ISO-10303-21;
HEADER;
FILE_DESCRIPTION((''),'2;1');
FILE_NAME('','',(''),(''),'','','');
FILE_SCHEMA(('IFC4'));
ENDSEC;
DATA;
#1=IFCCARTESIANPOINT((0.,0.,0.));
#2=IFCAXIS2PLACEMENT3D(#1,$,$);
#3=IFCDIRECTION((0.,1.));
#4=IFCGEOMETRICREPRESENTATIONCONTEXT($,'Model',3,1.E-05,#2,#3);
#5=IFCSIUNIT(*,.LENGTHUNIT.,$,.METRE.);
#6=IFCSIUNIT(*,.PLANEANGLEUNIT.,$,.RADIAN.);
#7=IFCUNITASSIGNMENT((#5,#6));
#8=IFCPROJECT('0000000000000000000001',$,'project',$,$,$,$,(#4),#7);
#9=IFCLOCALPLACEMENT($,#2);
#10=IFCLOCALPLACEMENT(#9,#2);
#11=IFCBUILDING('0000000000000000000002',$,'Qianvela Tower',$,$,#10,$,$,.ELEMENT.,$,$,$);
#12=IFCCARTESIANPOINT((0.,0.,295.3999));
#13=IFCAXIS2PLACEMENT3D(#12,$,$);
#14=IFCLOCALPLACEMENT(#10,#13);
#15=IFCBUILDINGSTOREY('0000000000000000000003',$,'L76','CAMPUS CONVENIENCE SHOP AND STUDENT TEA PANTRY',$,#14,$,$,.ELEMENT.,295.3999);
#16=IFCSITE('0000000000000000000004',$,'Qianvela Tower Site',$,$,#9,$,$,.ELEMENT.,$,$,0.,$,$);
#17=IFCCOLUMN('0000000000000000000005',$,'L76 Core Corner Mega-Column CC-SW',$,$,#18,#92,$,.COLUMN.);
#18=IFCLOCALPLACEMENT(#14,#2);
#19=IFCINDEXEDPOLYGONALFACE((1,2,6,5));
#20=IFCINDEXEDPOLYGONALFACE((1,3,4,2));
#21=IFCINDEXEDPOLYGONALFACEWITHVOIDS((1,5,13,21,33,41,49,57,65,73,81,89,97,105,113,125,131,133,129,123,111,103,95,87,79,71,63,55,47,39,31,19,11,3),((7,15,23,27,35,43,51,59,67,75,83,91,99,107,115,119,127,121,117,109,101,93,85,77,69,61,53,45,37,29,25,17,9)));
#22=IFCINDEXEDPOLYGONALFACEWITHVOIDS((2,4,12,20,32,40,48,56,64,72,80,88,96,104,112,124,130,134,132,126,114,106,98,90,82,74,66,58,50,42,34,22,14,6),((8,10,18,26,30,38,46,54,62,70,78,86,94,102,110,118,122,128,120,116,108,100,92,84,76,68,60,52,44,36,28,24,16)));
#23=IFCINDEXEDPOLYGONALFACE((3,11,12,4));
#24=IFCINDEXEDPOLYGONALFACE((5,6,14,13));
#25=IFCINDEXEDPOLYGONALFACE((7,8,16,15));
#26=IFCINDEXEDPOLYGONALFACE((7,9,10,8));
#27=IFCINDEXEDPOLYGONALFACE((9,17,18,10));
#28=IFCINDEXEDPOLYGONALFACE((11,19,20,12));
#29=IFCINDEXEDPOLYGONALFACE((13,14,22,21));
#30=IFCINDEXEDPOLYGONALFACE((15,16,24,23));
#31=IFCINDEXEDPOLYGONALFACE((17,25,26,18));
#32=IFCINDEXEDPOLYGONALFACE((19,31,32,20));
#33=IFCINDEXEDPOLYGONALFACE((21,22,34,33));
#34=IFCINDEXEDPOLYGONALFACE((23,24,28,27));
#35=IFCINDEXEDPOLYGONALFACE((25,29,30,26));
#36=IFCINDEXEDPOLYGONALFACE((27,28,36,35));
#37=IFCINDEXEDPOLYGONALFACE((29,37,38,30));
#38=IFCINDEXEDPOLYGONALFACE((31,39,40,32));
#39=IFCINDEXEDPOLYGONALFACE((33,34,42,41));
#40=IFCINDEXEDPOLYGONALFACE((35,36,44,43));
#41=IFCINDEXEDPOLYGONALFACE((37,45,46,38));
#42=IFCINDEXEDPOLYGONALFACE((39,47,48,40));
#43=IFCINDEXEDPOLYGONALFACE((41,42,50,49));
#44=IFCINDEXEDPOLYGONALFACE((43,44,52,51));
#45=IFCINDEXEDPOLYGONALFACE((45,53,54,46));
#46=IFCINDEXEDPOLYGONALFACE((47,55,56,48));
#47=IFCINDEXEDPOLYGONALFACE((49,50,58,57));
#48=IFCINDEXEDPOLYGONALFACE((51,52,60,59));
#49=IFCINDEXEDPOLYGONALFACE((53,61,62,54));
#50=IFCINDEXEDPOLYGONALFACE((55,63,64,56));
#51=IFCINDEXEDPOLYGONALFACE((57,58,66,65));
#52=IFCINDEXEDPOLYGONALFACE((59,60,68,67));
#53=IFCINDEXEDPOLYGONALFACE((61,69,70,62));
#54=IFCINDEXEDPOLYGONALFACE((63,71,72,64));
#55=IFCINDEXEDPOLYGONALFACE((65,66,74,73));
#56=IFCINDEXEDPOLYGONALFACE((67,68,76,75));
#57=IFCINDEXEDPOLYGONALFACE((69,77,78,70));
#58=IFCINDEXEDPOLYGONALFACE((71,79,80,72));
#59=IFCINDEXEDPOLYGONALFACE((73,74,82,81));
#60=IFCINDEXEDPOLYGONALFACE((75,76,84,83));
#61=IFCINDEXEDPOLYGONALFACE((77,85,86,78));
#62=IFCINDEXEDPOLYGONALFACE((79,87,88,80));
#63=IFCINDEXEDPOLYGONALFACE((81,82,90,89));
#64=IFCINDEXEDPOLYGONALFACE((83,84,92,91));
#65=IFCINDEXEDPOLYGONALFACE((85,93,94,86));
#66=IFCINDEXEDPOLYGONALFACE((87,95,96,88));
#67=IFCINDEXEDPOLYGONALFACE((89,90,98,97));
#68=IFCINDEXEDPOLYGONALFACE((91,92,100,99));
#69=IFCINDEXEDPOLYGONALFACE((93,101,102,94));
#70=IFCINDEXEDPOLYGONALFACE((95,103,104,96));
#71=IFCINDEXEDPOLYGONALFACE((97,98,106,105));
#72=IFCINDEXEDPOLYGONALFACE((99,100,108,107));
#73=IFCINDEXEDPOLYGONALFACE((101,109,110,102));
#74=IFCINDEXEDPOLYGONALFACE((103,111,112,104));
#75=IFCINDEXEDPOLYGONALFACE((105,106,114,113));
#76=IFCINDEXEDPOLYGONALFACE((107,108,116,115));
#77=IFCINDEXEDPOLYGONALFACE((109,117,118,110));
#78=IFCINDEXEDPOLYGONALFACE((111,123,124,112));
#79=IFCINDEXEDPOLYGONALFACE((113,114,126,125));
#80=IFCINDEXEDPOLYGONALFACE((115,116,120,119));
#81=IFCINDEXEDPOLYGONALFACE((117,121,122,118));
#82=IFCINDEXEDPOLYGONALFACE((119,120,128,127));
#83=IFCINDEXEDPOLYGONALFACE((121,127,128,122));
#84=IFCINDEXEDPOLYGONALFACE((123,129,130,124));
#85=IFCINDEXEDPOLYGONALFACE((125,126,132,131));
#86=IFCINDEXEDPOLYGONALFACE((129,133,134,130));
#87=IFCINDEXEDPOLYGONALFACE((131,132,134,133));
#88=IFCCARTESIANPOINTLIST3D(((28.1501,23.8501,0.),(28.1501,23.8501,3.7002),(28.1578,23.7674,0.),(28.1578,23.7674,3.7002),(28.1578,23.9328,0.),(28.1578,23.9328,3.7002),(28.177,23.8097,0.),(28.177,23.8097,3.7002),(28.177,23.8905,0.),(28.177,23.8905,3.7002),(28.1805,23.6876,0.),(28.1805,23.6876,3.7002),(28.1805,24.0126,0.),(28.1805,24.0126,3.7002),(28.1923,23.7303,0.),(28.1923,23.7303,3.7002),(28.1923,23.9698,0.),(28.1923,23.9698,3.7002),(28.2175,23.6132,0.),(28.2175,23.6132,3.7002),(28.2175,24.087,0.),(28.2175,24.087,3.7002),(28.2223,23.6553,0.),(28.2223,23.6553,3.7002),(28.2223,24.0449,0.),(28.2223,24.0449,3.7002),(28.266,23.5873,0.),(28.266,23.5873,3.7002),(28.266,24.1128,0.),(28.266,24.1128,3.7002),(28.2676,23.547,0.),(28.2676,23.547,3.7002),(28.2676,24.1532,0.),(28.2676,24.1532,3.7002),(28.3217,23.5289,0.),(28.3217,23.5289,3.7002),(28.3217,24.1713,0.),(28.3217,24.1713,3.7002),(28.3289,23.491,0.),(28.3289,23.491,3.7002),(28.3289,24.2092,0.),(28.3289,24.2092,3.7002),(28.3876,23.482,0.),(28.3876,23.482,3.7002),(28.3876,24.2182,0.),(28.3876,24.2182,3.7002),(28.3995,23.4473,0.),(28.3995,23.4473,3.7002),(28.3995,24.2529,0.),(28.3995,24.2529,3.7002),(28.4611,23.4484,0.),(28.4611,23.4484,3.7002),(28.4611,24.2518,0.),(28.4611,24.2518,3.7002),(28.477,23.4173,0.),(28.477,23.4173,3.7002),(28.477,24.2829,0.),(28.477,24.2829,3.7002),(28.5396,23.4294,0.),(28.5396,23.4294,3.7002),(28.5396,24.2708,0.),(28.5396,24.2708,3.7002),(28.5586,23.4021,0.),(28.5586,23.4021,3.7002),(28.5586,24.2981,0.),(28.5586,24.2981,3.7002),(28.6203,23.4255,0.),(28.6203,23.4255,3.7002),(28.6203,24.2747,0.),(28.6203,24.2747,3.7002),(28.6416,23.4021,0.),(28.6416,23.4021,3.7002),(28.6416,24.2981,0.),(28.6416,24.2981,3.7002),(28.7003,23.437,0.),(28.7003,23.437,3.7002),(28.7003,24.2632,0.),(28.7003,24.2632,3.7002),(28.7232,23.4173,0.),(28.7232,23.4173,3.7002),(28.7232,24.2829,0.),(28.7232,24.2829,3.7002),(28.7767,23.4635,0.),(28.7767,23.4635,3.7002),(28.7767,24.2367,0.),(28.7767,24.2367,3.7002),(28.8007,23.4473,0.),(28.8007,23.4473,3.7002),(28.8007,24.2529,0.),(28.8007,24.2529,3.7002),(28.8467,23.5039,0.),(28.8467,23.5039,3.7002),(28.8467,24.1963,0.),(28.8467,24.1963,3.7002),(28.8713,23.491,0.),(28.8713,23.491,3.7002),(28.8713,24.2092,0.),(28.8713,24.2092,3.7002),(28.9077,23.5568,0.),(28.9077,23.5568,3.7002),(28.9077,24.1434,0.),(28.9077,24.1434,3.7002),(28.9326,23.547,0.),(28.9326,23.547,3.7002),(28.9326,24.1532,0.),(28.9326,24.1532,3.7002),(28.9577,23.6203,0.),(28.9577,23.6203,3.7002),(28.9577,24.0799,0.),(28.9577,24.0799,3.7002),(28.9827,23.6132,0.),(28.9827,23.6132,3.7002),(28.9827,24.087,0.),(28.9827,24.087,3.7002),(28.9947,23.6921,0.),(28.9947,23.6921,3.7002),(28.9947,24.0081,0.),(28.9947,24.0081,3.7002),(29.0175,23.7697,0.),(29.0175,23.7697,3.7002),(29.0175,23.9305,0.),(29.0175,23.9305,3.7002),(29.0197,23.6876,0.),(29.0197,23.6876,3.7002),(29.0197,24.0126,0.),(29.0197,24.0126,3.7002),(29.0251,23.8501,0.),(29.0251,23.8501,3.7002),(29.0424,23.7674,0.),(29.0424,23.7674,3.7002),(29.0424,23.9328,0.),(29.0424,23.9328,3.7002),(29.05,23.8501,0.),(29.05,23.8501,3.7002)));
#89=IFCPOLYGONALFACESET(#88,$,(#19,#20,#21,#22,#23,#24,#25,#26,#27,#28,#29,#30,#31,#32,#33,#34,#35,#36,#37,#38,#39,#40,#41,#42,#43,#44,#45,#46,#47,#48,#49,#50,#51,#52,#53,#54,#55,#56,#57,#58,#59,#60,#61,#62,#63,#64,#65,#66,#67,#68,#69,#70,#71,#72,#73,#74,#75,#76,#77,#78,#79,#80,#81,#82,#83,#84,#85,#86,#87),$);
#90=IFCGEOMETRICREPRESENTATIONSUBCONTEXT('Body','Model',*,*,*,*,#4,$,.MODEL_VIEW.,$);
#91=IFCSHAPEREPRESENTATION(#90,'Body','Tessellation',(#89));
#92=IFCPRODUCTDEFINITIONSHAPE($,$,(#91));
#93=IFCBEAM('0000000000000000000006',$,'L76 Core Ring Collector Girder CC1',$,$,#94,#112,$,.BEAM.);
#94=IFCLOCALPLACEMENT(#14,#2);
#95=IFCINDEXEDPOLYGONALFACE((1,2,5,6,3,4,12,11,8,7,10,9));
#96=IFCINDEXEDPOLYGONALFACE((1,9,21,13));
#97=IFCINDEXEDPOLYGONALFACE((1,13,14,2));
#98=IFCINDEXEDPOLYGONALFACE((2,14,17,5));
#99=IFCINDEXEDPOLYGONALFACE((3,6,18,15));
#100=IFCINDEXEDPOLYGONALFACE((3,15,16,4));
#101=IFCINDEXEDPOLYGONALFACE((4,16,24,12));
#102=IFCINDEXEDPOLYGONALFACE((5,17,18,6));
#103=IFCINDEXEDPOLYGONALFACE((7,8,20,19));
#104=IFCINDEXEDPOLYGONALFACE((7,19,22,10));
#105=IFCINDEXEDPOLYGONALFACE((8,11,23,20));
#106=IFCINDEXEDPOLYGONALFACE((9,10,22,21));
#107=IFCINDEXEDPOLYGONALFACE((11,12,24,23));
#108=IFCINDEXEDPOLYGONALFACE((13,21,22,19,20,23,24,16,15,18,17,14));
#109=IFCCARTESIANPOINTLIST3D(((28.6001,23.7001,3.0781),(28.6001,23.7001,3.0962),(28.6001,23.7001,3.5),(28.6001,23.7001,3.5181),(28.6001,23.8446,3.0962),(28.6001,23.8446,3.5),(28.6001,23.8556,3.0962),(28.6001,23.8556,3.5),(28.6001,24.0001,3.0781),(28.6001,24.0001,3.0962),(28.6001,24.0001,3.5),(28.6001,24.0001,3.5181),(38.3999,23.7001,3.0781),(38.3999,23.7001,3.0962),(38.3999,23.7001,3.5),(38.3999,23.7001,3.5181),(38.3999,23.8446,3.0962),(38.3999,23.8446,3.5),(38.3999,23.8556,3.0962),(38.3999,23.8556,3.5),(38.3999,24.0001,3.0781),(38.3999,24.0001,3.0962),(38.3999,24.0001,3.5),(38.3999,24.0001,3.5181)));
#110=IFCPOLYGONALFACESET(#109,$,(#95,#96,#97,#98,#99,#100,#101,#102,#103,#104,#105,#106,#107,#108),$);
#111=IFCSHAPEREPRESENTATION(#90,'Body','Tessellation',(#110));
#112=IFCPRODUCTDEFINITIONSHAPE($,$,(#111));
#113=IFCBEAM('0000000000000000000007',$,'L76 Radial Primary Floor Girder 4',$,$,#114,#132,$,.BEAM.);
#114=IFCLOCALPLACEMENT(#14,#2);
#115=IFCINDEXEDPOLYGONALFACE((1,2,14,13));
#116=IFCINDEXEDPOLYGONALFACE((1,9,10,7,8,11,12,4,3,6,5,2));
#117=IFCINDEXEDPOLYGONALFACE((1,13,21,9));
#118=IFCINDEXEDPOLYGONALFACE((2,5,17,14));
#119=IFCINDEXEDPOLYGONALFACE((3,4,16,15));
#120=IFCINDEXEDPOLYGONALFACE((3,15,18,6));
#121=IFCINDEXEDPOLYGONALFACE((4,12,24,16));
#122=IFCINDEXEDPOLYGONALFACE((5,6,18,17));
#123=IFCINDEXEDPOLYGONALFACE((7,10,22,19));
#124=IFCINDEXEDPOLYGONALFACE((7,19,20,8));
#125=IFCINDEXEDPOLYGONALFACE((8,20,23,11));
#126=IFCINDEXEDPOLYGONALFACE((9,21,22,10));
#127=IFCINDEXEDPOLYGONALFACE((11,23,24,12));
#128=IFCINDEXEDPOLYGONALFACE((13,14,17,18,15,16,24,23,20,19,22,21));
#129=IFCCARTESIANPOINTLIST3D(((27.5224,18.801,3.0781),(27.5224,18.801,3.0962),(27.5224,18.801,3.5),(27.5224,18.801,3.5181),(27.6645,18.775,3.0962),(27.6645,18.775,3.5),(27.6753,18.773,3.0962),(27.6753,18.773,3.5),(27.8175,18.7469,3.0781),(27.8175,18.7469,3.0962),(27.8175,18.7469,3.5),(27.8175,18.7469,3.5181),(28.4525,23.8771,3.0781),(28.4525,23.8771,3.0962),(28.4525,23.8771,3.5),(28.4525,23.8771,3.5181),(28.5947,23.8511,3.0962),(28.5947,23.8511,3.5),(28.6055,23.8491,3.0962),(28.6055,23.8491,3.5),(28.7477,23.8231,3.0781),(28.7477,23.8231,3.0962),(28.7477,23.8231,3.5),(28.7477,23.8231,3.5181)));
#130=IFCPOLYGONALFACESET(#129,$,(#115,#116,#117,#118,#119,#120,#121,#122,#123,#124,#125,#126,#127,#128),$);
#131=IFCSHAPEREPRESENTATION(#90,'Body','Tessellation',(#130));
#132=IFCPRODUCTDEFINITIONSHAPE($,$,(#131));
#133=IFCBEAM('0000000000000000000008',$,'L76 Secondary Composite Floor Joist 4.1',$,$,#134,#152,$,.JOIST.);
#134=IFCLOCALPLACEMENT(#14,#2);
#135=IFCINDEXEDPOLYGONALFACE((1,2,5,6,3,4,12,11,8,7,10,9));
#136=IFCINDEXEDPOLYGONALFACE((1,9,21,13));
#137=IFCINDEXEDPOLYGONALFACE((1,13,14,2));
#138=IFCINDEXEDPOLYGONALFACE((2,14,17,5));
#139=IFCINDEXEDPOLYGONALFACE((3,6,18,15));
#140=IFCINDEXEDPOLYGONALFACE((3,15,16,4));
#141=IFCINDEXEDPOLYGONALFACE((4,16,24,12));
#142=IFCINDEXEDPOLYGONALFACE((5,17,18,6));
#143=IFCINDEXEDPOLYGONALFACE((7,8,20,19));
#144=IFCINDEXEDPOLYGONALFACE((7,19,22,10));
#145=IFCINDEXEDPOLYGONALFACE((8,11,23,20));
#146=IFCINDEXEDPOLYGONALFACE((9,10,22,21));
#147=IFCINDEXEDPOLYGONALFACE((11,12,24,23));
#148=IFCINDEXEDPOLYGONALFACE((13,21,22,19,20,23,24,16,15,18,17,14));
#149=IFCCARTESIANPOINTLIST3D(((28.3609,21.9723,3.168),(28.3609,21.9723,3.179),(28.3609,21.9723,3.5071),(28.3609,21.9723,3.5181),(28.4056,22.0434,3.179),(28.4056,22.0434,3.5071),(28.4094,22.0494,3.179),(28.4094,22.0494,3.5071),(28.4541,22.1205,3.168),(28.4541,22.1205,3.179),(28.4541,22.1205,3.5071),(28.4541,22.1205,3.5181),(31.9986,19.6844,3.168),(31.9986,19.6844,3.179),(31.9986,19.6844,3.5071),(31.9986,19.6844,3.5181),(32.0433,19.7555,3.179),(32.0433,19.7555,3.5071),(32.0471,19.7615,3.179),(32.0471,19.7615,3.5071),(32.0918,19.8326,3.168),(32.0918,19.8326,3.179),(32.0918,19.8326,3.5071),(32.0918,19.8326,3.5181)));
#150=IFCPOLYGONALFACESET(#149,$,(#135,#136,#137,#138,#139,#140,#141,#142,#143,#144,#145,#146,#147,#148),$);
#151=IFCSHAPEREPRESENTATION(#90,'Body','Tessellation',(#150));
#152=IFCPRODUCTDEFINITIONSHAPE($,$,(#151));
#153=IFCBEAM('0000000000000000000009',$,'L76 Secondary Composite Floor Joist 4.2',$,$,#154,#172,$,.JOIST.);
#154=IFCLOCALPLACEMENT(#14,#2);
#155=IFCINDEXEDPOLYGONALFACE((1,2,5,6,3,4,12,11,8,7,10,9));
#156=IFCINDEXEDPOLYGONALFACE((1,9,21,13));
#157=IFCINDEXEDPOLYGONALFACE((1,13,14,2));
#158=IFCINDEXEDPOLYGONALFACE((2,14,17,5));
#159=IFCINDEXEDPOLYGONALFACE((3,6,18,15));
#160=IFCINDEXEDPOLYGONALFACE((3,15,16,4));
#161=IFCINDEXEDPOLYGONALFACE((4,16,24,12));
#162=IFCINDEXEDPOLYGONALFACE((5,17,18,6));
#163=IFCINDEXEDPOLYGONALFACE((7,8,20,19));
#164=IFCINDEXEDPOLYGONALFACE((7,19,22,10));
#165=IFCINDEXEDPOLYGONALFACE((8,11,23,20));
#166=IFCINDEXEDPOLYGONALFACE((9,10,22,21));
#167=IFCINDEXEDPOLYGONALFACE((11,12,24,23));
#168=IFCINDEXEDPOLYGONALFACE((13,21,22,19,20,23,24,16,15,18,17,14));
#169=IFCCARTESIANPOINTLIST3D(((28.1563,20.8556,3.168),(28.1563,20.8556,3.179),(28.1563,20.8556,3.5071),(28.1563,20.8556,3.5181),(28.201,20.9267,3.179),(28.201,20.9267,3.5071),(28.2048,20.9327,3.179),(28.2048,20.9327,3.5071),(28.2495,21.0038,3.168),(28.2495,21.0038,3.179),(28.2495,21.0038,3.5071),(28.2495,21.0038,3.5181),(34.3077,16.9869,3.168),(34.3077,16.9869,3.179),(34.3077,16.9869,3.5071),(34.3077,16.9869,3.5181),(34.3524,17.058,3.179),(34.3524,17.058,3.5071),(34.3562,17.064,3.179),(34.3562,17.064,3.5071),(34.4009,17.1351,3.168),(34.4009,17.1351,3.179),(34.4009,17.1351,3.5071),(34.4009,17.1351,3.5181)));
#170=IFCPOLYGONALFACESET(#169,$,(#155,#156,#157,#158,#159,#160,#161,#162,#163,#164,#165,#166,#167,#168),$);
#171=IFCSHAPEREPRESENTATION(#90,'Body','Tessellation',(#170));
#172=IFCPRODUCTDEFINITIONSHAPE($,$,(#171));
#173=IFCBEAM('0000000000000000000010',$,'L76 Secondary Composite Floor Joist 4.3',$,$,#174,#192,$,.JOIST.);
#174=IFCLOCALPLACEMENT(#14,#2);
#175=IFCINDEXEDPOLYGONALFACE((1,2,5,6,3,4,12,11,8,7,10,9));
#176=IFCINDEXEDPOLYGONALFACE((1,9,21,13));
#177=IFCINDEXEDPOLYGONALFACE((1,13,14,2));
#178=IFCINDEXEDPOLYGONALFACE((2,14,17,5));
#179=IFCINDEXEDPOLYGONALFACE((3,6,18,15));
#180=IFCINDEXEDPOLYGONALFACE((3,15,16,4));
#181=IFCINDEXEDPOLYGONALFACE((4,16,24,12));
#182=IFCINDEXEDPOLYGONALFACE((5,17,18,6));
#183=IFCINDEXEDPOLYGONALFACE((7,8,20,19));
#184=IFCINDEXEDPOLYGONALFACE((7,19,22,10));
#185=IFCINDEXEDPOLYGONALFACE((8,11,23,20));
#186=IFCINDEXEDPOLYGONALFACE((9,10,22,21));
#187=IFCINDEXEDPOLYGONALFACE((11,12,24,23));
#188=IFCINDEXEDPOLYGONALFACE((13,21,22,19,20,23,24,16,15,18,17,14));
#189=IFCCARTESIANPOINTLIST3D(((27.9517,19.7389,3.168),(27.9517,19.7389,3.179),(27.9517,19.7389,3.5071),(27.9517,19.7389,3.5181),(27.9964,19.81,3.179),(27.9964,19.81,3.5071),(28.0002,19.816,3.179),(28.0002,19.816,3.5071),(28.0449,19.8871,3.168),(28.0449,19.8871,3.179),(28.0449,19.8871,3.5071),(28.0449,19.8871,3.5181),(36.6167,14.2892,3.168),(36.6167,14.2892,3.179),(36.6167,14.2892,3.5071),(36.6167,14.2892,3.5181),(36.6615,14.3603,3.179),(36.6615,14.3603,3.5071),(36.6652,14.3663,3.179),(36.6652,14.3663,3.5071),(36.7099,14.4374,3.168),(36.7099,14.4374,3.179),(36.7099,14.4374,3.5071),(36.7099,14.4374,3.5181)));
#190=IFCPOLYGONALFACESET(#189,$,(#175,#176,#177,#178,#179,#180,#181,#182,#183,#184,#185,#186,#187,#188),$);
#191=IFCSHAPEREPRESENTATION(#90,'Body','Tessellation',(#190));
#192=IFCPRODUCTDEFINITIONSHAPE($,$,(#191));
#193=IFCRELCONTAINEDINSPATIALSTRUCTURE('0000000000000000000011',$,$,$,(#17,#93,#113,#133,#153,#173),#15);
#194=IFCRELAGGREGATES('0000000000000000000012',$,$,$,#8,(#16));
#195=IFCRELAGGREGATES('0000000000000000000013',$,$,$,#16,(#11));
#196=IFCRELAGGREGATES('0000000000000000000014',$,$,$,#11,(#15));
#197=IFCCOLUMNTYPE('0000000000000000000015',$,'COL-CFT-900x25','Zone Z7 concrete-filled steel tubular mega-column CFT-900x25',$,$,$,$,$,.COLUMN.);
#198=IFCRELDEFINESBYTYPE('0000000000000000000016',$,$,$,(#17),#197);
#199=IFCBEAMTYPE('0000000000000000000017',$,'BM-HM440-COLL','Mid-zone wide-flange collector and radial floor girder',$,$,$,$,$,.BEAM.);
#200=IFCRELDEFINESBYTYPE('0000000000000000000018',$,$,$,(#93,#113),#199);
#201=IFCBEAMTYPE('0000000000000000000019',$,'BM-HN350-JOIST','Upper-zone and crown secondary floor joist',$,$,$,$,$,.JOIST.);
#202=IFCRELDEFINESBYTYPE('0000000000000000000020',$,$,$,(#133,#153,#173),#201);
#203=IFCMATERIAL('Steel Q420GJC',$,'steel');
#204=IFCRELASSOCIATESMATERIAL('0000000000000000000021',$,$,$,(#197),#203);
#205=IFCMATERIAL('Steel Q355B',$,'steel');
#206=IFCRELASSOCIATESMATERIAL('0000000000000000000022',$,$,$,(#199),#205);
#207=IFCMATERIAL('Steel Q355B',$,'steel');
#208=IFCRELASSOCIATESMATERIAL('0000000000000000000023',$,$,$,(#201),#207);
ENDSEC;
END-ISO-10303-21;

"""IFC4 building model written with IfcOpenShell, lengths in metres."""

from ifc_helpers import new_model, si_unit, direction, frame, origin, origin_2d, place, context, subcontext, project, spatial, hollow_circle, i_section, extrude, material, material_profile, profile_set, type_object, element, save


model = new_model("IFC4")

# Units and contexts
model_context = context("Model", 3, precision=1e-05, world=origin(), true_north=direction((0.0, 1.0)))
body_context = subcontext(model_context, "Body", "Model", "MODEL_VIEW")
ifc_project = project(units=[si_unit("LENGTHUNIT", "METRE"), si_unit("PLANEANGLEUNIT", "RADIAN")], contexts=[model_context])

# Site, building, storey
site_placement = place(None, origin())
site = spatial("IfcSite", under=ifc_project, at=site_placement, Name="Qianvela Tower Site", CompositionType="ELEMENT", RefElevation=0.0)
building_placement = place(site_placement, origin())
building = spatial("IfcBuilding", under=site, at=building_placement, Name="Qianvela Tower", CompositionType="ELEMENT")
storey_placement = place(building_placement, frame((0.0, 0.0, 295.3999)))
storey = spatial("IfcBuildingStorey", under=building, at=storey_placement, Name="L76", Description="CAMPUS CONVENIENCE SHOP AND STUDENT TEA PANTRY", CompositionType="ELEMENT", Elevation=295.3999)

# Column
ifc_material_1 = material(Name="Steel Q420GJC", Category="steel")
ifc_material_profile_1 = material_profile(ifc_material_1, hollow_circle(Radius=0.45, WallThickness=0.0249, at=origin_2d()), Name="CFT-900x25")
ifc_profile_set_1 = profile_set([ifc_material_profile_1], Name="Steel Q420GJC")
column_type = type_object("IfcColumnType", Name="COL-CFT-900x25", Description="Zone Z7 concrete-filled steel tubular mega-column CFT-900x25", PredefinedType="COLUMN", material=ifc_profile_set_1)
column_placement = place(storey_placement, frame((28.6001, 23.8501, 0.0), z_axis=(0.0, 0.0, 1.0), x_axis=(1.0, 0.0, 0.0)))
element("IfcColumn", 1, at=column_placement, inside=storey, type_object=column_type, Name="L76 Core Corner Mega-Column CC-SW", PredefinedType="COLUMN", context=body_context, shape_type="SweptSolid", body=[
    extrude(hollow_circle(Radius=0.45, WallThickness=0.0249, at=origin_2d()), origin(), (0.0, 0.0, 1.0), 3.7002),
])

# Beams
ifc_material_2 = material(Name="Steel Q355B", Category="steel")
ifc_material_profile_2 = material_profile(ifc_material_2, i_section(OverallWidth=0.3, OverallDepth=0.4399, WebThickness=0.011, FlangeThickness=0.0181, at=origin_2d()), Name="HM440x300x11x18")
ifc_profile_set_2 = profile_set([ifc_material_profile_2], Name="Steel Q355B")
beam_type_1 = type_object("IfcBeamType", Name="BM-HM440-COLL", Description="Mid-zone wide-flange collector and radial floor girder", PredefinedType="BEAM", material=ifc_profile_set_2)
beam_1_placement = place(storey_placement, frame((28.6001, 23.8501, 3.2981), z_axis=(1.0, 0.0, 0.0), x_axis=(0.0, 1.0, 0.0)))
element("IfcBeam", 2, at=beam_1_placement, inside=storey, type_object=beam_type_1, Name="L76 Core Ring Collector Girder CC1", PredefinedType="BEAM", context=body_context, shape_type="SweptSolid", body=[
    extrude(i_section(OverallWidth=0.3, OverallDepth=0.4399, WebThickness=0.011, FlangeThickness=0.0181, at=origin_2d()), origin(), (0.0, 0.0, 1.0), 9.7998),
])
beam_2_placement = place(storey_placement, frame((28.6001, 23.8501, 3.2981), z_axis=(-0.180242, -0.983622, 0.0), x_axis=(0.983622, -0.180242, 0.0)))
element("IfcBeam", 3, at=beam_2_placement, inside=storey, type_object=beam_type_1, Name="L76 Radial Primary Floor Girder 4", PredefinedType="BEAM", context=body_context, shape_type="SweptSolid", body=[
    extrude(i_section(OverallWidth=0.3, OverallDepth=0.4399, WebThickness=0.011, FlangeThickness=0.0181, at=origin_2d()), origin(), (0.0, 0.0, 1.0), 5.1606),
])
ifc_material_3 = material(Name="Steel Q355B", Category="steel")
ifc_material_profile_3 = material_profile(ifc_material_3, i_section(OverallWidth=0.175, OverallDepth=0.3501, WebThickness=0.0071, FlangeThickness=0.011, at=origin_2d()), Name="HN350x175x7x11")
ifc_profile_set_3 = profile_set([ifc_material_profile_3], Name="Steel Q355B")
beam_type_2 = type_object("IfcBeamType", Name="BM-HN350-JOIST", Description="Upper-zone and crown secondary floor joist", PredefinedType="JOIST", material=ifc_profile_set_3)
beam_3_placement = place(storey_placement, frame((28.4075, 22.0464, 3.343), z_axis=(0.846501, -0.532387, 0.0), x_axis=(0.532387, 0.846501, 0.0)))
element("IfcBeam", 4, at=beam_3_placement, inside=storey, type_object=beam_type_2, Name="L76 Secondary Composite Floor Joist 4.1", PredefinedType="JOIST", context=body_context, shape_type="SweptSolid", body=[
    extrude(i_section(OverallWidth=0.175, OverallDepth=0.3501, WebThickness=0.0071, FlangeThickness=0.011, at=origin_2d()), origin(), (0.0, 0.0, 1.0), 4.2974),
])
beam_4_placement = place(storey_placement, frame((28.2029, 20.9297, 3.343), z_axis=(0.846508, -0.532377, 0.0), x_axis=(0.532377, 0.846508, 0.0)))
element("IfcBeam", 5, at=beam_4_placement, inside=storey, type_object=beam_type_2, Name="L76 Secondary Composite Floor Joist 4.2", PredefinedType="JOIST", context=body_context, shape_type="SweptSolid", body=[
    extrude(i_section(OverallWidth=0.175, OverallDepth=0.3501, WebThickness=0.0071, FlangeThickness=0.011, at=origin_2d()), origin(), (0.0, 0.0, 1.0), 7.2668),
])
beam_5_placement = place(storey_placement, frame((27.9983, 19.813, 3.343), z_axis=(0.8465, -0.532389, 0.0), x_axis=(0.532389, 0.8465, 0.0)))
element("IfcBeam", 6, at=beam_5_placement, inside=storey, type_object=beam_type_2, Name="L76 Secondary Composite Floor Joist 4.3", PredefinedType="JOIST", context=body_context, shape_type="SweptSolid", body=[
    extrude(i_section(OverallWidth=0.175, OverallDepth=0.3501, WebThickness=0.0071, FlangeThickness=0.011, at=origin_2d()), origin(), (0.0, 0.0, 1.0), 10.2363),
])

save(model, "model.ifc")
